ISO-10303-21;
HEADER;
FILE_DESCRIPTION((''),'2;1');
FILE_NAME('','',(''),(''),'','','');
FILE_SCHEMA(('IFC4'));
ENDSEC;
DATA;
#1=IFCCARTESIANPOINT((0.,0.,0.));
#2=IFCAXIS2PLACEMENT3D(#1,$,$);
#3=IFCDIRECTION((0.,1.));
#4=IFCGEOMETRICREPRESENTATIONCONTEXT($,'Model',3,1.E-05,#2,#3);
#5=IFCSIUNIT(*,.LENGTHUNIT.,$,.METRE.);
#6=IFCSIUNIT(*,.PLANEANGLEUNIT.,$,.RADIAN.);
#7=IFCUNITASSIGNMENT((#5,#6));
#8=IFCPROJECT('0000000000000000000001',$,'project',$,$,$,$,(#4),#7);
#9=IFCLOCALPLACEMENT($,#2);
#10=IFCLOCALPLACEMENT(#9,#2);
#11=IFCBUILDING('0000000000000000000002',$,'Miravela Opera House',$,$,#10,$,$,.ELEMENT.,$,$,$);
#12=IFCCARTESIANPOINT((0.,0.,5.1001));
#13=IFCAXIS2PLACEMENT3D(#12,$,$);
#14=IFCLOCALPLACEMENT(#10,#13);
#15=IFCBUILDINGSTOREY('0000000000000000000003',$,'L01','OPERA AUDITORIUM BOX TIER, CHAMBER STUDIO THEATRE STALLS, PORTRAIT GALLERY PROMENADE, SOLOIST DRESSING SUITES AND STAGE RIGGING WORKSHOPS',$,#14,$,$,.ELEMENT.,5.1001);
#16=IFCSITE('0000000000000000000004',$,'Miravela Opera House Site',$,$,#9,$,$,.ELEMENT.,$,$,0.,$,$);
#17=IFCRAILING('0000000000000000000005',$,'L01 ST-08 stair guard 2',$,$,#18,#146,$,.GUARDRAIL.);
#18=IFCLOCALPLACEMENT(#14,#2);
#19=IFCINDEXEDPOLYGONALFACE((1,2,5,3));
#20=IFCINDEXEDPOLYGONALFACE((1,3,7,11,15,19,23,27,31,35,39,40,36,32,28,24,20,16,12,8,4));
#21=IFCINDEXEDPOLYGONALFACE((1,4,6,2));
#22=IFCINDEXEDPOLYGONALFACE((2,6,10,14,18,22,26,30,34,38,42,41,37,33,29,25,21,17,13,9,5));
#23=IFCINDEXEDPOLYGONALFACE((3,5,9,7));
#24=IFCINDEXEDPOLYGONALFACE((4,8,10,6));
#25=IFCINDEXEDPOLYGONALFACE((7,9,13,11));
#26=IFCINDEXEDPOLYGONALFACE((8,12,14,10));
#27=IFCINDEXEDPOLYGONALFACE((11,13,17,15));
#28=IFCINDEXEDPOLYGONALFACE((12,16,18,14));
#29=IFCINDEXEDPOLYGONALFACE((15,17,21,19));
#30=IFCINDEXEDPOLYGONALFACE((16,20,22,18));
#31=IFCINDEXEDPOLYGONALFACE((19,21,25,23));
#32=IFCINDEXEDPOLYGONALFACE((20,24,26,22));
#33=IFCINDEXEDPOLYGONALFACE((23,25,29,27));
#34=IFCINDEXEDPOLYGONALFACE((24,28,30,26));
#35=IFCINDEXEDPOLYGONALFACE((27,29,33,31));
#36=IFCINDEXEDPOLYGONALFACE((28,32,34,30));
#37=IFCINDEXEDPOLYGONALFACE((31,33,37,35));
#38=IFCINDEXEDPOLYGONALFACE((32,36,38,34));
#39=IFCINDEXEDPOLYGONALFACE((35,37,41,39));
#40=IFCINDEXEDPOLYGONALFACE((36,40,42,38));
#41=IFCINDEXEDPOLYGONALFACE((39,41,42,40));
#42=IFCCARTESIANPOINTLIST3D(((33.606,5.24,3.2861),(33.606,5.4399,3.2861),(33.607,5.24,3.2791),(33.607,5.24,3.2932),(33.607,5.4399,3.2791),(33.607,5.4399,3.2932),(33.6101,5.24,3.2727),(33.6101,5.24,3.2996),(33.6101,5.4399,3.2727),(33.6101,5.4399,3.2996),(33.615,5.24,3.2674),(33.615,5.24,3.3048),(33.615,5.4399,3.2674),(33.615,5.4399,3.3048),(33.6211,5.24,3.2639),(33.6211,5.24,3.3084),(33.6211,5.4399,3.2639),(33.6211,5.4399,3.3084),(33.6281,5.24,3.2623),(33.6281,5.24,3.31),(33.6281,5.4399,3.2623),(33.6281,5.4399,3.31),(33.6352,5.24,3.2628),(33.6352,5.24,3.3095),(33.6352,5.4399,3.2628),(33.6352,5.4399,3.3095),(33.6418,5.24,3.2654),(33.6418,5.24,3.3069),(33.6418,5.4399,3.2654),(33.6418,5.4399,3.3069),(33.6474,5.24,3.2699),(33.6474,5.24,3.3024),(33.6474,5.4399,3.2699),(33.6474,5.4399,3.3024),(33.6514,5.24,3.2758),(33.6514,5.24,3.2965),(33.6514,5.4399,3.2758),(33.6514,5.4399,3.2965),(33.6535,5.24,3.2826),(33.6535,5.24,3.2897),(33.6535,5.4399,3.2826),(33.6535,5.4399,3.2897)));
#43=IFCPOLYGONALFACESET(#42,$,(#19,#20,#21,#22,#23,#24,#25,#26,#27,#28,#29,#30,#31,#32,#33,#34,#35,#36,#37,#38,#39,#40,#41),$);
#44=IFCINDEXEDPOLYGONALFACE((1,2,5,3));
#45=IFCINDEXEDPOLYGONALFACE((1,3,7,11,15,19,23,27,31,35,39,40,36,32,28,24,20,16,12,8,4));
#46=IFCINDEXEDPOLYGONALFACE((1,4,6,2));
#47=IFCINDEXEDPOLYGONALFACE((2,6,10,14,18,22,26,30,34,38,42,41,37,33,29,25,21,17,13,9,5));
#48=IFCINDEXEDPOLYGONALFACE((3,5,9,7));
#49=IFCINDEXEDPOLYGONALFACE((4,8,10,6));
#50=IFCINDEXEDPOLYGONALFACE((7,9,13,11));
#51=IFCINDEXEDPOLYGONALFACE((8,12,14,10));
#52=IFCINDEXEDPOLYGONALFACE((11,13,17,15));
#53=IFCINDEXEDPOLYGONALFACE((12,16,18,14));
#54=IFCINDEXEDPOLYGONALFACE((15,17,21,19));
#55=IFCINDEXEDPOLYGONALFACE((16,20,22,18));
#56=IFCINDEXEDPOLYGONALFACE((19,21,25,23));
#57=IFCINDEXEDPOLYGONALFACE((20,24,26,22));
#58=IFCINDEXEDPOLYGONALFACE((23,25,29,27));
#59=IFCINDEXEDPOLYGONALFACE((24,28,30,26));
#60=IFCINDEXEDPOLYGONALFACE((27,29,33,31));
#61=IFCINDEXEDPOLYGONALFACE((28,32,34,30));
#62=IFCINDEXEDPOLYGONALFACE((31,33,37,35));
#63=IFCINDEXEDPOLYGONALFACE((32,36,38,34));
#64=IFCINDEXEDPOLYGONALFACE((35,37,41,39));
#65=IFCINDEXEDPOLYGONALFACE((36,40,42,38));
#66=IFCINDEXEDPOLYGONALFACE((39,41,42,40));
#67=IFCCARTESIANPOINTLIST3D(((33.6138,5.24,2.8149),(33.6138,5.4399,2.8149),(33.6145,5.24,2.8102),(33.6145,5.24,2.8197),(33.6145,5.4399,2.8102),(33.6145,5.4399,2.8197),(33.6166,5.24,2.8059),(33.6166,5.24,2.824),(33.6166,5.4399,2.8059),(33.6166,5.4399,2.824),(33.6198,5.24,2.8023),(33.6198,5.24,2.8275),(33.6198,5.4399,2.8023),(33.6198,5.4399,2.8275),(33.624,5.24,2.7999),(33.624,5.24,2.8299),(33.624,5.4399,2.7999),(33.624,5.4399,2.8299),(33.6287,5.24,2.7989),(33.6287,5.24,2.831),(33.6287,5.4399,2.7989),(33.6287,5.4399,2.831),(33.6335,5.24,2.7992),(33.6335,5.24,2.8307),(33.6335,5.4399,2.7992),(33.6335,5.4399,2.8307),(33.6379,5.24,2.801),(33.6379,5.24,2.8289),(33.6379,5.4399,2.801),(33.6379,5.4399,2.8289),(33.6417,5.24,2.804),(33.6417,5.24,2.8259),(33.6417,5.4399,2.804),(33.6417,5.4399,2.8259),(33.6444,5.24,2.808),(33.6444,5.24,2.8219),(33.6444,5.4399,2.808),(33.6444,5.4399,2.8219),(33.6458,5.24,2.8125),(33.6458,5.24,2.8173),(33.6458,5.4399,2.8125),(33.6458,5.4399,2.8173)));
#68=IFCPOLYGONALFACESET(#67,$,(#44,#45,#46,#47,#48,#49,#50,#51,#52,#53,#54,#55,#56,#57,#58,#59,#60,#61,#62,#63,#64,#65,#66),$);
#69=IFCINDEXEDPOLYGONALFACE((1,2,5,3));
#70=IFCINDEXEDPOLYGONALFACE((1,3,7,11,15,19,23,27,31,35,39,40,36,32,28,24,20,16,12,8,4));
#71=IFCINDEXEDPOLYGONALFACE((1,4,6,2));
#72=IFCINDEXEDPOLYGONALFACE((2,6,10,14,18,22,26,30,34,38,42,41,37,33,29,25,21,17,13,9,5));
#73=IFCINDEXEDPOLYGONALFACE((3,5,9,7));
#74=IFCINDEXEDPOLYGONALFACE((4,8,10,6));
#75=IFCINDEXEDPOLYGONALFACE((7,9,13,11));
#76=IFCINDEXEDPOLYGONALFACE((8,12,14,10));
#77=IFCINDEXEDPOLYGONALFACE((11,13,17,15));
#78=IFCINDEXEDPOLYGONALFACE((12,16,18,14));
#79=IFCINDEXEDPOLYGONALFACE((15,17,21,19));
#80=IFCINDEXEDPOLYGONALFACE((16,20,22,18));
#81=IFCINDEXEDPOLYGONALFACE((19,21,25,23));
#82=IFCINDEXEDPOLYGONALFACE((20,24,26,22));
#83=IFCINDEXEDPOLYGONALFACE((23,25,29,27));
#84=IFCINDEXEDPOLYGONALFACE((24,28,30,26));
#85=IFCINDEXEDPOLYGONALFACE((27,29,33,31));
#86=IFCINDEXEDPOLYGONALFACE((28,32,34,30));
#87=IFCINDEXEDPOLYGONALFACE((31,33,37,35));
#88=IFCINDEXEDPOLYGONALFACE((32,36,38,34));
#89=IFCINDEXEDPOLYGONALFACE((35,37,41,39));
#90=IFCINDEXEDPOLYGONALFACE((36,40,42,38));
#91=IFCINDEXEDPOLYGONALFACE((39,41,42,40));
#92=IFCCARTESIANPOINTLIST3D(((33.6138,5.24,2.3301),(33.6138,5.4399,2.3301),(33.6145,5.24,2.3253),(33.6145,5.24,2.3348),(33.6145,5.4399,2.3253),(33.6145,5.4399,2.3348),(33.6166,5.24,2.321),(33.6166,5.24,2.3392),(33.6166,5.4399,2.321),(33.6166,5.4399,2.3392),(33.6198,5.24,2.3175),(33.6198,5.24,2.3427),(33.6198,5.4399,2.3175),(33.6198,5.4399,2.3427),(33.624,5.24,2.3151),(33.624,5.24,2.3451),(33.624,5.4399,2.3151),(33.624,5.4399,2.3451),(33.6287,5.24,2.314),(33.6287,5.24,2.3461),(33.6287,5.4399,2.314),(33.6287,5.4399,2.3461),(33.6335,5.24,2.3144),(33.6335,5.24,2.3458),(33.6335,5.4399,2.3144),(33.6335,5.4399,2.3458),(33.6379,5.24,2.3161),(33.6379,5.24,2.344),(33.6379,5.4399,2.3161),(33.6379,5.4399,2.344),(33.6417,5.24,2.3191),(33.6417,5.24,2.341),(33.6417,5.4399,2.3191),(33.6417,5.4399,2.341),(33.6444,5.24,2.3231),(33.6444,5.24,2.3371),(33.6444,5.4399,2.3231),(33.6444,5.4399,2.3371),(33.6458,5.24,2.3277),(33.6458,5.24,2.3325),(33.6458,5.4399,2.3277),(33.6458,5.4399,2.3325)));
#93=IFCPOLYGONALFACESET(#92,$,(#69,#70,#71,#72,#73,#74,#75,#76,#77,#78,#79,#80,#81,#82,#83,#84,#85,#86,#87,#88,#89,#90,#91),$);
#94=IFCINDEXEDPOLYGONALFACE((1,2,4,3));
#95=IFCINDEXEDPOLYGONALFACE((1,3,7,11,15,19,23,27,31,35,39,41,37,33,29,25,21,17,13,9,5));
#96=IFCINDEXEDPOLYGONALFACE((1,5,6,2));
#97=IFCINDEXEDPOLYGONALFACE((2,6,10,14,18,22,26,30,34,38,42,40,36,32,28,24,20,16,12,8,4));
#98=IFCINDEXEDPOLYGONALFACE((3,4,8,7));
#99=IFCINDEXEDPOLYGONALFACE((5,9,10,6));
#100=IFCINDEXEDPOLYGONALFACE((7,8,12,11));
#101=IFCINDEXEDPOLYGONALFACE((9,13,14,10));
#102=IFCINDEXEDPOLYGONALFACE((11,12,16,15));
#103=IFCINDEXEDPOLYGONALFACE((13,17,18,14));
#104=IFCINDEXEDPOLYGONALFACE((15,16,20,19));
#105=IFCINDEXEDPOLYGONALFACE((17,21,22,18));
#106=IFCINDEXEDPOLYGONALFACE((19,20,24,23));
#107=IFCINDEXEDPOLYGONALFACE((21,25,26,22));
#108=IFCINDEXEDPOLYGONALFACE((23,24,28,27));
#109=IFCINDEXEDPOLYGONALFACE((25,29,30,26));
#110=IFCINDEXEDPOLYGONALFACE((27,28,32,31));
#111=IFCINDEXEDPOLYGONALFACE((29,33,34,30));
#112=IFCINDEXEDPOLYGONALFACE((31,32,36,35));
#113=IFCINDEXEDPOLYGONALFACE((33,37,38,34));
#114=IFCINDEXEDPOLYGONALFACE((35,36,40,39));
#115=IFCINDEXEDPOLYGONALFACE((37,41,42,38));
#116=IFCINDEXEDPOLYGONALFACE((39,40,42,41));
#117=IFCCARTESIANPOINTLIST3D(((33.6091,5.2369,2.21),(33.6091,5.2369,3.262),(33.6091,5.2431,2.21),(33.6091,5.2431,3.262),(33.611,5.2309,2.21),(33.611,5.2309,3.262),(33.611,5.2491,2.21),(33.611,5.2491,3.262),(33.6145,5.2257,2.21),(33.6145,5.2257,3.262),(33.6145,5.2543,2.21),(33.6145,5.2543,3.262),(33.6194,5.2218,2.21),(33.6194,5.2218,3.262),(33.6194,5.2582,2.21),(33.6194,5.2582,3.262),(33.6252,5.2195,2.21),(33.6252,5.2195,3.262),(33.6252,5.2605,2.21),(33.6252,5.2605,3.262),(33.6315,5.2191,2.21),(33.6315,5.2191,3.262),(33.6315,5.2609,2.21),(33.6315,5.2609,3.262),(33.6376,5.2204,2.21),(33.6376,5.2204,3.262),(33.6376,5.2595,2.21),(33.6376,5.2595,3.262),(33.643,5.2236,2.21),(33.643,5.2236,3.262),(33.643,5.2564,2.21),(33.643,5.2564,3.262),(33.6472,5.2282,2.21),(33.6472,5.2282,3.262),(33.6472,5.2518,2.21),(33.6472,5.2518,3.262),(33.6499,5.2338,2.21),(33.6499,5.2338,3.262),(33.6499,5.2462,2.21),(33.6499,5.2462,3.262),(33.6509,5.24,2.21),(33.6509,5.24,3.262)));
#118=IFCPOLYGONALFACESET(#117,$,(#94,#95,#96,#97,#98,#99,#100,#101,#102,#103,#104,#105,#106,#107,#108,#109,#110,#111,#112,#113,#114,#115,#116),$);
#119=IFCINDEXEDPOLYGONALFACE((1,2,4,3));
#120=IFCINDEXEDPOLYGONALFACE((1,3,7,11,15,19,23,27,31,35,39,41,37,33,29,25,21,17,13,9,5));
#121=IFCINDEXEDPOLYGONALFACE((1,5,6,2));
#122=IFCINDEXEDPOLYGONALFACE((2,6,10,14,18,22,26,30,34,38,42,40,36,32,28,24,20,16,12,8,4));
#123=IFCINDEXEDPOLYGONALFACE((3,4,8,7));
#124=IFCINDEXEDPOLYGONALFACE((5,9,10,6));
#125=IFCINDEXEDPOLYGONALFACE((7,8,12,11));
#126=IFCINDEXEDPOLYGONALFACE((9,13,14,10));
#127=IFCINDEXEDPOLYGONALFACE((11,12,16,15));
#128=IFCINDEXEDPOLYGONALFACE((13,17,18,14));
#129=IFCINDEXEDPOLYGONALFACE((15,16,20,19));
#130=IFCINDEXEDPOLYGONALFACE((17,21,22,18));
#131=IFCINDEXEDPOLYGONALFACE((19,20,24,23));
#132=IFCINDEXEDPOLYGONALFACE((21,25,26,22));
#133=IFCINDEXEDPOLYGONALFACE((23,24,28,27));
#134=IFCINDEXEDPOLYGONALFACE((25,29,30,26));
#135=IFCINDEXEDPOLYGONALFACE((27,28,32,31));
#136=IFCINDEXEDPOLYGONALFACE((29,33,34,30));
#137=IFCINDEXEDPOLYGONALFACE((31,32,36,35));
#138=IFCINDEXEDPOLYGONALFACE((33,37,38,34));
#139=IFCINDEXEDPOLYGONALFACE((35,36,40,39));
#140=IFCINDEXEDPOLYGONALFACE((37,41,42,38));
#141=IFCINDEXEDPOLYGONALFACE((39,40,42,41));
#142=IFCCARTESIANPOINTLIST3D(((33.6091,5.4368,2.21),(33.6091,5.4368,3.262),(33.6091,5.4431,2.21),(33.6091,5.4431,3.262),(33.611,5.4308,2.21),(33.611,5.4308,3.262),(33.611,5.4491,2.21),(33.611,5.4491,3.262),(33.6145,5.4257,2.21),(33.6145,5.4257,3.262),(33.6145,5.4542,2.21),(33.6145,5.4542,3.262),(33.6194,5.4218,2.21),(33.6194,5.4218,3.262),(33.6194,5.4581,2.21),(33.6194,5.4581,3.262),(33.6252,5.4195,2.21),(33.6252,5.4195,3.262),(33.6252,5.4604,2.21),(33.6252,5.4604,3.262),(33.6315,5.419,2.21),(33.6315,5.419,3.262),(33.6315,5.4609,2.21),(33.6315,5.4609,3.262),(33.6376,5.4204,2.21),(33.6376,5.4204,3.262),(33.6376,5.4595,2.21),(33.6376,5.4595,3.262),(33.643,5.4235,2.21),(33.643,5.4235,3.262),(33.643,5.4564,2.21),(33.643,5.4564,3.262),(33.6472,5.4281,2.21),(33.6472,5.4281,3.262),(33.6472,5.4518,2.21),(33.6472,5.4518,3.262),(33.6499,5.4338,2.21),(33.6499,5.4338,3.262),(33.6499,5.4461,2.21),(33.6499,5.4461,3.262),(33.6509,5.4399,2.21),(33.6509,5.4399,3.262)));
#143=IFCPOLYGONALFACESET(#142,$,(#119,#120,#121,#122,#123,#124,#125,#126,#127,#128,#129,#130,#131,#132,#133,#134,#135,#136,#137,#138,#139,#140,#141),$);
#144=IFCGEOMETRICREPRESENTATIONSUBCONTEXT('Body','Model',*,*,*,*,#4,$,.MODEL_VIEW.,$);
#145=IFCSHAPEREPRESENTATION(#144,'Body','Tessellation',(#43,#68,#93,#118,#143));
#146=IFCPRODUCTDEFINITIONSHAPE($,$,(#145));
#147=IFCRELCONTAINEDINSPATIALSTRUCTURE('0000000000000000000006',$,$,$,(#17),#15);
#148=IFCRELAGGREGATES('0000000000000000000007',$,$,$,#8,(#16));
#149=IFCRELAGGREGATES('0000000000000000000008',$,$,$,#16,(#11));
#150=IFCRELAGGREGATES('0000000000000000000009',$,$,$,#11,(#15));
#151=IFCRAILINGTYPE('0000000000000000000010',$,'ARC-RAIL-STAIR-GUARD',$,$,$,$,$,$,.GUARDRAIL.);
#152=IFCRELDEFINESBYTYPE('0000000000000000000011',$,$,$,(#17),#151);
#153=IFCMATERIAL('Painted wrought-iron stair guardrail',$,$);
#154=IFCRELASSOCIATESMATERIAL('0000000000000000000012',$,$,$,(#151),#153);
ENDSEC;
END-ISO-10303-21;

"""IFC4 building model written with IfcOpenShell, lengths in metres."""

from ifc_helpers import new_model, si_unit, direction, frame, origin, origin_2d, place, context, subcontext, project, spatial, circle, extrude, material, type_object, element, save


model = new_model("IFC4")

# Units and contexts
model_context = context("Model", 3, precision=1e-05, world=origin(), true_north=direction((0.0, 1.0)))
body_context = subcontext(model_context, "Body", "Model", "MODEL_VIEW")
ifc_project = project(units=[si_unit("LENGTHUNIT", "METRE"), si_unit("PLANEANGLEUNIT", "RADIAN")], contexts=[model_context])

# Site, building, storey
site_placement = place(None, origin())
site = spatial("IfcSite", under=ifc_project, at=site_placement, Name="Miravela Opera House Site", CompositionType="ELEMENT", RefElevation=0.0)
building_placement = place(site_placement, origin())
building = spatial("IfcBuilding", under=site, at=building_placement, Name="Miravela Opera House", CompositionType="ELEMENT")
storey_placement = place(building_placement, frame((0.0, 0.0, 5.1001)))
storey = spatial("IfcBuildingStorey", under=building, at=storey_placement, Name="L01", Description="OPERA AUDITORIUM BOX TIER, CHAMBER STUDIO THEATRE STALLS, PORTRAIT GALLERY PROMENADE, SOLOIST DRESSING SUITES AND STAGE RIGGING WORKSHOPS", CompositionType="ELEMENT", Elevation=5.1001)

# Railing
ifc_material_1 = material(Name="Painted wrought-iron stair guardrail")
railing_type_1 = type_object("IfcRailingType", Name="ARC-RAIL-STAIR-GUARD", PredefinedType="GUARDRAIL", material=ifc_material_1)
railing_1_placement = place(storey_placement, frame((33.6299, 5.24, 2.21)))
element("IfcRailing", 1, at=railing_1_placement, inside=storey, type_object=railing_type_1, Name="L01 ST-08 stair guard 2", PredefinedType="GUARDRAIL", context=body_context, shape_type="SweptSolid", body=[
    extrude(circle(Radius=0.0239, at=origin_2d()), frame((0.0, 0.0, 1.0762), z_axis=(0.0, 1.0, 0.0), x_axis=(-1.0, 0.0, 0.0)), (0.0, 0.0, 1.0), 0.2),
    extrude(circle(Radius=0.0161, at=origin_2d()), frame((0.0, 0.0, 0.605), z_axis=(0.0, 1.0, 0.0), x_axis=(-1.0, 0.0, 0.0)), (0.0, 0.0, 1.0), 0.2),
    extrude(circle(Radius=0.0161, at=origin_2d()), frame((0.0, 0.0, 0.1201), z_axis=(0.0, 1.0, 0.0), x_axis=(-1.0, 0.0, 0.0)), (0.0, 0.0, 1.0), 0.2),
    extrude(circle(Radius=0.021, at=origin_2d()), origin(), (0.0, 0.0, 1.0), 1.052),
    extrude(circle(Radius=0.021, at=origin_2d()), frame((0.0, 0.2, 0.0)), (0.0, 0.0, 1.0), 1.052),
])

save(model, "model.ifc")
